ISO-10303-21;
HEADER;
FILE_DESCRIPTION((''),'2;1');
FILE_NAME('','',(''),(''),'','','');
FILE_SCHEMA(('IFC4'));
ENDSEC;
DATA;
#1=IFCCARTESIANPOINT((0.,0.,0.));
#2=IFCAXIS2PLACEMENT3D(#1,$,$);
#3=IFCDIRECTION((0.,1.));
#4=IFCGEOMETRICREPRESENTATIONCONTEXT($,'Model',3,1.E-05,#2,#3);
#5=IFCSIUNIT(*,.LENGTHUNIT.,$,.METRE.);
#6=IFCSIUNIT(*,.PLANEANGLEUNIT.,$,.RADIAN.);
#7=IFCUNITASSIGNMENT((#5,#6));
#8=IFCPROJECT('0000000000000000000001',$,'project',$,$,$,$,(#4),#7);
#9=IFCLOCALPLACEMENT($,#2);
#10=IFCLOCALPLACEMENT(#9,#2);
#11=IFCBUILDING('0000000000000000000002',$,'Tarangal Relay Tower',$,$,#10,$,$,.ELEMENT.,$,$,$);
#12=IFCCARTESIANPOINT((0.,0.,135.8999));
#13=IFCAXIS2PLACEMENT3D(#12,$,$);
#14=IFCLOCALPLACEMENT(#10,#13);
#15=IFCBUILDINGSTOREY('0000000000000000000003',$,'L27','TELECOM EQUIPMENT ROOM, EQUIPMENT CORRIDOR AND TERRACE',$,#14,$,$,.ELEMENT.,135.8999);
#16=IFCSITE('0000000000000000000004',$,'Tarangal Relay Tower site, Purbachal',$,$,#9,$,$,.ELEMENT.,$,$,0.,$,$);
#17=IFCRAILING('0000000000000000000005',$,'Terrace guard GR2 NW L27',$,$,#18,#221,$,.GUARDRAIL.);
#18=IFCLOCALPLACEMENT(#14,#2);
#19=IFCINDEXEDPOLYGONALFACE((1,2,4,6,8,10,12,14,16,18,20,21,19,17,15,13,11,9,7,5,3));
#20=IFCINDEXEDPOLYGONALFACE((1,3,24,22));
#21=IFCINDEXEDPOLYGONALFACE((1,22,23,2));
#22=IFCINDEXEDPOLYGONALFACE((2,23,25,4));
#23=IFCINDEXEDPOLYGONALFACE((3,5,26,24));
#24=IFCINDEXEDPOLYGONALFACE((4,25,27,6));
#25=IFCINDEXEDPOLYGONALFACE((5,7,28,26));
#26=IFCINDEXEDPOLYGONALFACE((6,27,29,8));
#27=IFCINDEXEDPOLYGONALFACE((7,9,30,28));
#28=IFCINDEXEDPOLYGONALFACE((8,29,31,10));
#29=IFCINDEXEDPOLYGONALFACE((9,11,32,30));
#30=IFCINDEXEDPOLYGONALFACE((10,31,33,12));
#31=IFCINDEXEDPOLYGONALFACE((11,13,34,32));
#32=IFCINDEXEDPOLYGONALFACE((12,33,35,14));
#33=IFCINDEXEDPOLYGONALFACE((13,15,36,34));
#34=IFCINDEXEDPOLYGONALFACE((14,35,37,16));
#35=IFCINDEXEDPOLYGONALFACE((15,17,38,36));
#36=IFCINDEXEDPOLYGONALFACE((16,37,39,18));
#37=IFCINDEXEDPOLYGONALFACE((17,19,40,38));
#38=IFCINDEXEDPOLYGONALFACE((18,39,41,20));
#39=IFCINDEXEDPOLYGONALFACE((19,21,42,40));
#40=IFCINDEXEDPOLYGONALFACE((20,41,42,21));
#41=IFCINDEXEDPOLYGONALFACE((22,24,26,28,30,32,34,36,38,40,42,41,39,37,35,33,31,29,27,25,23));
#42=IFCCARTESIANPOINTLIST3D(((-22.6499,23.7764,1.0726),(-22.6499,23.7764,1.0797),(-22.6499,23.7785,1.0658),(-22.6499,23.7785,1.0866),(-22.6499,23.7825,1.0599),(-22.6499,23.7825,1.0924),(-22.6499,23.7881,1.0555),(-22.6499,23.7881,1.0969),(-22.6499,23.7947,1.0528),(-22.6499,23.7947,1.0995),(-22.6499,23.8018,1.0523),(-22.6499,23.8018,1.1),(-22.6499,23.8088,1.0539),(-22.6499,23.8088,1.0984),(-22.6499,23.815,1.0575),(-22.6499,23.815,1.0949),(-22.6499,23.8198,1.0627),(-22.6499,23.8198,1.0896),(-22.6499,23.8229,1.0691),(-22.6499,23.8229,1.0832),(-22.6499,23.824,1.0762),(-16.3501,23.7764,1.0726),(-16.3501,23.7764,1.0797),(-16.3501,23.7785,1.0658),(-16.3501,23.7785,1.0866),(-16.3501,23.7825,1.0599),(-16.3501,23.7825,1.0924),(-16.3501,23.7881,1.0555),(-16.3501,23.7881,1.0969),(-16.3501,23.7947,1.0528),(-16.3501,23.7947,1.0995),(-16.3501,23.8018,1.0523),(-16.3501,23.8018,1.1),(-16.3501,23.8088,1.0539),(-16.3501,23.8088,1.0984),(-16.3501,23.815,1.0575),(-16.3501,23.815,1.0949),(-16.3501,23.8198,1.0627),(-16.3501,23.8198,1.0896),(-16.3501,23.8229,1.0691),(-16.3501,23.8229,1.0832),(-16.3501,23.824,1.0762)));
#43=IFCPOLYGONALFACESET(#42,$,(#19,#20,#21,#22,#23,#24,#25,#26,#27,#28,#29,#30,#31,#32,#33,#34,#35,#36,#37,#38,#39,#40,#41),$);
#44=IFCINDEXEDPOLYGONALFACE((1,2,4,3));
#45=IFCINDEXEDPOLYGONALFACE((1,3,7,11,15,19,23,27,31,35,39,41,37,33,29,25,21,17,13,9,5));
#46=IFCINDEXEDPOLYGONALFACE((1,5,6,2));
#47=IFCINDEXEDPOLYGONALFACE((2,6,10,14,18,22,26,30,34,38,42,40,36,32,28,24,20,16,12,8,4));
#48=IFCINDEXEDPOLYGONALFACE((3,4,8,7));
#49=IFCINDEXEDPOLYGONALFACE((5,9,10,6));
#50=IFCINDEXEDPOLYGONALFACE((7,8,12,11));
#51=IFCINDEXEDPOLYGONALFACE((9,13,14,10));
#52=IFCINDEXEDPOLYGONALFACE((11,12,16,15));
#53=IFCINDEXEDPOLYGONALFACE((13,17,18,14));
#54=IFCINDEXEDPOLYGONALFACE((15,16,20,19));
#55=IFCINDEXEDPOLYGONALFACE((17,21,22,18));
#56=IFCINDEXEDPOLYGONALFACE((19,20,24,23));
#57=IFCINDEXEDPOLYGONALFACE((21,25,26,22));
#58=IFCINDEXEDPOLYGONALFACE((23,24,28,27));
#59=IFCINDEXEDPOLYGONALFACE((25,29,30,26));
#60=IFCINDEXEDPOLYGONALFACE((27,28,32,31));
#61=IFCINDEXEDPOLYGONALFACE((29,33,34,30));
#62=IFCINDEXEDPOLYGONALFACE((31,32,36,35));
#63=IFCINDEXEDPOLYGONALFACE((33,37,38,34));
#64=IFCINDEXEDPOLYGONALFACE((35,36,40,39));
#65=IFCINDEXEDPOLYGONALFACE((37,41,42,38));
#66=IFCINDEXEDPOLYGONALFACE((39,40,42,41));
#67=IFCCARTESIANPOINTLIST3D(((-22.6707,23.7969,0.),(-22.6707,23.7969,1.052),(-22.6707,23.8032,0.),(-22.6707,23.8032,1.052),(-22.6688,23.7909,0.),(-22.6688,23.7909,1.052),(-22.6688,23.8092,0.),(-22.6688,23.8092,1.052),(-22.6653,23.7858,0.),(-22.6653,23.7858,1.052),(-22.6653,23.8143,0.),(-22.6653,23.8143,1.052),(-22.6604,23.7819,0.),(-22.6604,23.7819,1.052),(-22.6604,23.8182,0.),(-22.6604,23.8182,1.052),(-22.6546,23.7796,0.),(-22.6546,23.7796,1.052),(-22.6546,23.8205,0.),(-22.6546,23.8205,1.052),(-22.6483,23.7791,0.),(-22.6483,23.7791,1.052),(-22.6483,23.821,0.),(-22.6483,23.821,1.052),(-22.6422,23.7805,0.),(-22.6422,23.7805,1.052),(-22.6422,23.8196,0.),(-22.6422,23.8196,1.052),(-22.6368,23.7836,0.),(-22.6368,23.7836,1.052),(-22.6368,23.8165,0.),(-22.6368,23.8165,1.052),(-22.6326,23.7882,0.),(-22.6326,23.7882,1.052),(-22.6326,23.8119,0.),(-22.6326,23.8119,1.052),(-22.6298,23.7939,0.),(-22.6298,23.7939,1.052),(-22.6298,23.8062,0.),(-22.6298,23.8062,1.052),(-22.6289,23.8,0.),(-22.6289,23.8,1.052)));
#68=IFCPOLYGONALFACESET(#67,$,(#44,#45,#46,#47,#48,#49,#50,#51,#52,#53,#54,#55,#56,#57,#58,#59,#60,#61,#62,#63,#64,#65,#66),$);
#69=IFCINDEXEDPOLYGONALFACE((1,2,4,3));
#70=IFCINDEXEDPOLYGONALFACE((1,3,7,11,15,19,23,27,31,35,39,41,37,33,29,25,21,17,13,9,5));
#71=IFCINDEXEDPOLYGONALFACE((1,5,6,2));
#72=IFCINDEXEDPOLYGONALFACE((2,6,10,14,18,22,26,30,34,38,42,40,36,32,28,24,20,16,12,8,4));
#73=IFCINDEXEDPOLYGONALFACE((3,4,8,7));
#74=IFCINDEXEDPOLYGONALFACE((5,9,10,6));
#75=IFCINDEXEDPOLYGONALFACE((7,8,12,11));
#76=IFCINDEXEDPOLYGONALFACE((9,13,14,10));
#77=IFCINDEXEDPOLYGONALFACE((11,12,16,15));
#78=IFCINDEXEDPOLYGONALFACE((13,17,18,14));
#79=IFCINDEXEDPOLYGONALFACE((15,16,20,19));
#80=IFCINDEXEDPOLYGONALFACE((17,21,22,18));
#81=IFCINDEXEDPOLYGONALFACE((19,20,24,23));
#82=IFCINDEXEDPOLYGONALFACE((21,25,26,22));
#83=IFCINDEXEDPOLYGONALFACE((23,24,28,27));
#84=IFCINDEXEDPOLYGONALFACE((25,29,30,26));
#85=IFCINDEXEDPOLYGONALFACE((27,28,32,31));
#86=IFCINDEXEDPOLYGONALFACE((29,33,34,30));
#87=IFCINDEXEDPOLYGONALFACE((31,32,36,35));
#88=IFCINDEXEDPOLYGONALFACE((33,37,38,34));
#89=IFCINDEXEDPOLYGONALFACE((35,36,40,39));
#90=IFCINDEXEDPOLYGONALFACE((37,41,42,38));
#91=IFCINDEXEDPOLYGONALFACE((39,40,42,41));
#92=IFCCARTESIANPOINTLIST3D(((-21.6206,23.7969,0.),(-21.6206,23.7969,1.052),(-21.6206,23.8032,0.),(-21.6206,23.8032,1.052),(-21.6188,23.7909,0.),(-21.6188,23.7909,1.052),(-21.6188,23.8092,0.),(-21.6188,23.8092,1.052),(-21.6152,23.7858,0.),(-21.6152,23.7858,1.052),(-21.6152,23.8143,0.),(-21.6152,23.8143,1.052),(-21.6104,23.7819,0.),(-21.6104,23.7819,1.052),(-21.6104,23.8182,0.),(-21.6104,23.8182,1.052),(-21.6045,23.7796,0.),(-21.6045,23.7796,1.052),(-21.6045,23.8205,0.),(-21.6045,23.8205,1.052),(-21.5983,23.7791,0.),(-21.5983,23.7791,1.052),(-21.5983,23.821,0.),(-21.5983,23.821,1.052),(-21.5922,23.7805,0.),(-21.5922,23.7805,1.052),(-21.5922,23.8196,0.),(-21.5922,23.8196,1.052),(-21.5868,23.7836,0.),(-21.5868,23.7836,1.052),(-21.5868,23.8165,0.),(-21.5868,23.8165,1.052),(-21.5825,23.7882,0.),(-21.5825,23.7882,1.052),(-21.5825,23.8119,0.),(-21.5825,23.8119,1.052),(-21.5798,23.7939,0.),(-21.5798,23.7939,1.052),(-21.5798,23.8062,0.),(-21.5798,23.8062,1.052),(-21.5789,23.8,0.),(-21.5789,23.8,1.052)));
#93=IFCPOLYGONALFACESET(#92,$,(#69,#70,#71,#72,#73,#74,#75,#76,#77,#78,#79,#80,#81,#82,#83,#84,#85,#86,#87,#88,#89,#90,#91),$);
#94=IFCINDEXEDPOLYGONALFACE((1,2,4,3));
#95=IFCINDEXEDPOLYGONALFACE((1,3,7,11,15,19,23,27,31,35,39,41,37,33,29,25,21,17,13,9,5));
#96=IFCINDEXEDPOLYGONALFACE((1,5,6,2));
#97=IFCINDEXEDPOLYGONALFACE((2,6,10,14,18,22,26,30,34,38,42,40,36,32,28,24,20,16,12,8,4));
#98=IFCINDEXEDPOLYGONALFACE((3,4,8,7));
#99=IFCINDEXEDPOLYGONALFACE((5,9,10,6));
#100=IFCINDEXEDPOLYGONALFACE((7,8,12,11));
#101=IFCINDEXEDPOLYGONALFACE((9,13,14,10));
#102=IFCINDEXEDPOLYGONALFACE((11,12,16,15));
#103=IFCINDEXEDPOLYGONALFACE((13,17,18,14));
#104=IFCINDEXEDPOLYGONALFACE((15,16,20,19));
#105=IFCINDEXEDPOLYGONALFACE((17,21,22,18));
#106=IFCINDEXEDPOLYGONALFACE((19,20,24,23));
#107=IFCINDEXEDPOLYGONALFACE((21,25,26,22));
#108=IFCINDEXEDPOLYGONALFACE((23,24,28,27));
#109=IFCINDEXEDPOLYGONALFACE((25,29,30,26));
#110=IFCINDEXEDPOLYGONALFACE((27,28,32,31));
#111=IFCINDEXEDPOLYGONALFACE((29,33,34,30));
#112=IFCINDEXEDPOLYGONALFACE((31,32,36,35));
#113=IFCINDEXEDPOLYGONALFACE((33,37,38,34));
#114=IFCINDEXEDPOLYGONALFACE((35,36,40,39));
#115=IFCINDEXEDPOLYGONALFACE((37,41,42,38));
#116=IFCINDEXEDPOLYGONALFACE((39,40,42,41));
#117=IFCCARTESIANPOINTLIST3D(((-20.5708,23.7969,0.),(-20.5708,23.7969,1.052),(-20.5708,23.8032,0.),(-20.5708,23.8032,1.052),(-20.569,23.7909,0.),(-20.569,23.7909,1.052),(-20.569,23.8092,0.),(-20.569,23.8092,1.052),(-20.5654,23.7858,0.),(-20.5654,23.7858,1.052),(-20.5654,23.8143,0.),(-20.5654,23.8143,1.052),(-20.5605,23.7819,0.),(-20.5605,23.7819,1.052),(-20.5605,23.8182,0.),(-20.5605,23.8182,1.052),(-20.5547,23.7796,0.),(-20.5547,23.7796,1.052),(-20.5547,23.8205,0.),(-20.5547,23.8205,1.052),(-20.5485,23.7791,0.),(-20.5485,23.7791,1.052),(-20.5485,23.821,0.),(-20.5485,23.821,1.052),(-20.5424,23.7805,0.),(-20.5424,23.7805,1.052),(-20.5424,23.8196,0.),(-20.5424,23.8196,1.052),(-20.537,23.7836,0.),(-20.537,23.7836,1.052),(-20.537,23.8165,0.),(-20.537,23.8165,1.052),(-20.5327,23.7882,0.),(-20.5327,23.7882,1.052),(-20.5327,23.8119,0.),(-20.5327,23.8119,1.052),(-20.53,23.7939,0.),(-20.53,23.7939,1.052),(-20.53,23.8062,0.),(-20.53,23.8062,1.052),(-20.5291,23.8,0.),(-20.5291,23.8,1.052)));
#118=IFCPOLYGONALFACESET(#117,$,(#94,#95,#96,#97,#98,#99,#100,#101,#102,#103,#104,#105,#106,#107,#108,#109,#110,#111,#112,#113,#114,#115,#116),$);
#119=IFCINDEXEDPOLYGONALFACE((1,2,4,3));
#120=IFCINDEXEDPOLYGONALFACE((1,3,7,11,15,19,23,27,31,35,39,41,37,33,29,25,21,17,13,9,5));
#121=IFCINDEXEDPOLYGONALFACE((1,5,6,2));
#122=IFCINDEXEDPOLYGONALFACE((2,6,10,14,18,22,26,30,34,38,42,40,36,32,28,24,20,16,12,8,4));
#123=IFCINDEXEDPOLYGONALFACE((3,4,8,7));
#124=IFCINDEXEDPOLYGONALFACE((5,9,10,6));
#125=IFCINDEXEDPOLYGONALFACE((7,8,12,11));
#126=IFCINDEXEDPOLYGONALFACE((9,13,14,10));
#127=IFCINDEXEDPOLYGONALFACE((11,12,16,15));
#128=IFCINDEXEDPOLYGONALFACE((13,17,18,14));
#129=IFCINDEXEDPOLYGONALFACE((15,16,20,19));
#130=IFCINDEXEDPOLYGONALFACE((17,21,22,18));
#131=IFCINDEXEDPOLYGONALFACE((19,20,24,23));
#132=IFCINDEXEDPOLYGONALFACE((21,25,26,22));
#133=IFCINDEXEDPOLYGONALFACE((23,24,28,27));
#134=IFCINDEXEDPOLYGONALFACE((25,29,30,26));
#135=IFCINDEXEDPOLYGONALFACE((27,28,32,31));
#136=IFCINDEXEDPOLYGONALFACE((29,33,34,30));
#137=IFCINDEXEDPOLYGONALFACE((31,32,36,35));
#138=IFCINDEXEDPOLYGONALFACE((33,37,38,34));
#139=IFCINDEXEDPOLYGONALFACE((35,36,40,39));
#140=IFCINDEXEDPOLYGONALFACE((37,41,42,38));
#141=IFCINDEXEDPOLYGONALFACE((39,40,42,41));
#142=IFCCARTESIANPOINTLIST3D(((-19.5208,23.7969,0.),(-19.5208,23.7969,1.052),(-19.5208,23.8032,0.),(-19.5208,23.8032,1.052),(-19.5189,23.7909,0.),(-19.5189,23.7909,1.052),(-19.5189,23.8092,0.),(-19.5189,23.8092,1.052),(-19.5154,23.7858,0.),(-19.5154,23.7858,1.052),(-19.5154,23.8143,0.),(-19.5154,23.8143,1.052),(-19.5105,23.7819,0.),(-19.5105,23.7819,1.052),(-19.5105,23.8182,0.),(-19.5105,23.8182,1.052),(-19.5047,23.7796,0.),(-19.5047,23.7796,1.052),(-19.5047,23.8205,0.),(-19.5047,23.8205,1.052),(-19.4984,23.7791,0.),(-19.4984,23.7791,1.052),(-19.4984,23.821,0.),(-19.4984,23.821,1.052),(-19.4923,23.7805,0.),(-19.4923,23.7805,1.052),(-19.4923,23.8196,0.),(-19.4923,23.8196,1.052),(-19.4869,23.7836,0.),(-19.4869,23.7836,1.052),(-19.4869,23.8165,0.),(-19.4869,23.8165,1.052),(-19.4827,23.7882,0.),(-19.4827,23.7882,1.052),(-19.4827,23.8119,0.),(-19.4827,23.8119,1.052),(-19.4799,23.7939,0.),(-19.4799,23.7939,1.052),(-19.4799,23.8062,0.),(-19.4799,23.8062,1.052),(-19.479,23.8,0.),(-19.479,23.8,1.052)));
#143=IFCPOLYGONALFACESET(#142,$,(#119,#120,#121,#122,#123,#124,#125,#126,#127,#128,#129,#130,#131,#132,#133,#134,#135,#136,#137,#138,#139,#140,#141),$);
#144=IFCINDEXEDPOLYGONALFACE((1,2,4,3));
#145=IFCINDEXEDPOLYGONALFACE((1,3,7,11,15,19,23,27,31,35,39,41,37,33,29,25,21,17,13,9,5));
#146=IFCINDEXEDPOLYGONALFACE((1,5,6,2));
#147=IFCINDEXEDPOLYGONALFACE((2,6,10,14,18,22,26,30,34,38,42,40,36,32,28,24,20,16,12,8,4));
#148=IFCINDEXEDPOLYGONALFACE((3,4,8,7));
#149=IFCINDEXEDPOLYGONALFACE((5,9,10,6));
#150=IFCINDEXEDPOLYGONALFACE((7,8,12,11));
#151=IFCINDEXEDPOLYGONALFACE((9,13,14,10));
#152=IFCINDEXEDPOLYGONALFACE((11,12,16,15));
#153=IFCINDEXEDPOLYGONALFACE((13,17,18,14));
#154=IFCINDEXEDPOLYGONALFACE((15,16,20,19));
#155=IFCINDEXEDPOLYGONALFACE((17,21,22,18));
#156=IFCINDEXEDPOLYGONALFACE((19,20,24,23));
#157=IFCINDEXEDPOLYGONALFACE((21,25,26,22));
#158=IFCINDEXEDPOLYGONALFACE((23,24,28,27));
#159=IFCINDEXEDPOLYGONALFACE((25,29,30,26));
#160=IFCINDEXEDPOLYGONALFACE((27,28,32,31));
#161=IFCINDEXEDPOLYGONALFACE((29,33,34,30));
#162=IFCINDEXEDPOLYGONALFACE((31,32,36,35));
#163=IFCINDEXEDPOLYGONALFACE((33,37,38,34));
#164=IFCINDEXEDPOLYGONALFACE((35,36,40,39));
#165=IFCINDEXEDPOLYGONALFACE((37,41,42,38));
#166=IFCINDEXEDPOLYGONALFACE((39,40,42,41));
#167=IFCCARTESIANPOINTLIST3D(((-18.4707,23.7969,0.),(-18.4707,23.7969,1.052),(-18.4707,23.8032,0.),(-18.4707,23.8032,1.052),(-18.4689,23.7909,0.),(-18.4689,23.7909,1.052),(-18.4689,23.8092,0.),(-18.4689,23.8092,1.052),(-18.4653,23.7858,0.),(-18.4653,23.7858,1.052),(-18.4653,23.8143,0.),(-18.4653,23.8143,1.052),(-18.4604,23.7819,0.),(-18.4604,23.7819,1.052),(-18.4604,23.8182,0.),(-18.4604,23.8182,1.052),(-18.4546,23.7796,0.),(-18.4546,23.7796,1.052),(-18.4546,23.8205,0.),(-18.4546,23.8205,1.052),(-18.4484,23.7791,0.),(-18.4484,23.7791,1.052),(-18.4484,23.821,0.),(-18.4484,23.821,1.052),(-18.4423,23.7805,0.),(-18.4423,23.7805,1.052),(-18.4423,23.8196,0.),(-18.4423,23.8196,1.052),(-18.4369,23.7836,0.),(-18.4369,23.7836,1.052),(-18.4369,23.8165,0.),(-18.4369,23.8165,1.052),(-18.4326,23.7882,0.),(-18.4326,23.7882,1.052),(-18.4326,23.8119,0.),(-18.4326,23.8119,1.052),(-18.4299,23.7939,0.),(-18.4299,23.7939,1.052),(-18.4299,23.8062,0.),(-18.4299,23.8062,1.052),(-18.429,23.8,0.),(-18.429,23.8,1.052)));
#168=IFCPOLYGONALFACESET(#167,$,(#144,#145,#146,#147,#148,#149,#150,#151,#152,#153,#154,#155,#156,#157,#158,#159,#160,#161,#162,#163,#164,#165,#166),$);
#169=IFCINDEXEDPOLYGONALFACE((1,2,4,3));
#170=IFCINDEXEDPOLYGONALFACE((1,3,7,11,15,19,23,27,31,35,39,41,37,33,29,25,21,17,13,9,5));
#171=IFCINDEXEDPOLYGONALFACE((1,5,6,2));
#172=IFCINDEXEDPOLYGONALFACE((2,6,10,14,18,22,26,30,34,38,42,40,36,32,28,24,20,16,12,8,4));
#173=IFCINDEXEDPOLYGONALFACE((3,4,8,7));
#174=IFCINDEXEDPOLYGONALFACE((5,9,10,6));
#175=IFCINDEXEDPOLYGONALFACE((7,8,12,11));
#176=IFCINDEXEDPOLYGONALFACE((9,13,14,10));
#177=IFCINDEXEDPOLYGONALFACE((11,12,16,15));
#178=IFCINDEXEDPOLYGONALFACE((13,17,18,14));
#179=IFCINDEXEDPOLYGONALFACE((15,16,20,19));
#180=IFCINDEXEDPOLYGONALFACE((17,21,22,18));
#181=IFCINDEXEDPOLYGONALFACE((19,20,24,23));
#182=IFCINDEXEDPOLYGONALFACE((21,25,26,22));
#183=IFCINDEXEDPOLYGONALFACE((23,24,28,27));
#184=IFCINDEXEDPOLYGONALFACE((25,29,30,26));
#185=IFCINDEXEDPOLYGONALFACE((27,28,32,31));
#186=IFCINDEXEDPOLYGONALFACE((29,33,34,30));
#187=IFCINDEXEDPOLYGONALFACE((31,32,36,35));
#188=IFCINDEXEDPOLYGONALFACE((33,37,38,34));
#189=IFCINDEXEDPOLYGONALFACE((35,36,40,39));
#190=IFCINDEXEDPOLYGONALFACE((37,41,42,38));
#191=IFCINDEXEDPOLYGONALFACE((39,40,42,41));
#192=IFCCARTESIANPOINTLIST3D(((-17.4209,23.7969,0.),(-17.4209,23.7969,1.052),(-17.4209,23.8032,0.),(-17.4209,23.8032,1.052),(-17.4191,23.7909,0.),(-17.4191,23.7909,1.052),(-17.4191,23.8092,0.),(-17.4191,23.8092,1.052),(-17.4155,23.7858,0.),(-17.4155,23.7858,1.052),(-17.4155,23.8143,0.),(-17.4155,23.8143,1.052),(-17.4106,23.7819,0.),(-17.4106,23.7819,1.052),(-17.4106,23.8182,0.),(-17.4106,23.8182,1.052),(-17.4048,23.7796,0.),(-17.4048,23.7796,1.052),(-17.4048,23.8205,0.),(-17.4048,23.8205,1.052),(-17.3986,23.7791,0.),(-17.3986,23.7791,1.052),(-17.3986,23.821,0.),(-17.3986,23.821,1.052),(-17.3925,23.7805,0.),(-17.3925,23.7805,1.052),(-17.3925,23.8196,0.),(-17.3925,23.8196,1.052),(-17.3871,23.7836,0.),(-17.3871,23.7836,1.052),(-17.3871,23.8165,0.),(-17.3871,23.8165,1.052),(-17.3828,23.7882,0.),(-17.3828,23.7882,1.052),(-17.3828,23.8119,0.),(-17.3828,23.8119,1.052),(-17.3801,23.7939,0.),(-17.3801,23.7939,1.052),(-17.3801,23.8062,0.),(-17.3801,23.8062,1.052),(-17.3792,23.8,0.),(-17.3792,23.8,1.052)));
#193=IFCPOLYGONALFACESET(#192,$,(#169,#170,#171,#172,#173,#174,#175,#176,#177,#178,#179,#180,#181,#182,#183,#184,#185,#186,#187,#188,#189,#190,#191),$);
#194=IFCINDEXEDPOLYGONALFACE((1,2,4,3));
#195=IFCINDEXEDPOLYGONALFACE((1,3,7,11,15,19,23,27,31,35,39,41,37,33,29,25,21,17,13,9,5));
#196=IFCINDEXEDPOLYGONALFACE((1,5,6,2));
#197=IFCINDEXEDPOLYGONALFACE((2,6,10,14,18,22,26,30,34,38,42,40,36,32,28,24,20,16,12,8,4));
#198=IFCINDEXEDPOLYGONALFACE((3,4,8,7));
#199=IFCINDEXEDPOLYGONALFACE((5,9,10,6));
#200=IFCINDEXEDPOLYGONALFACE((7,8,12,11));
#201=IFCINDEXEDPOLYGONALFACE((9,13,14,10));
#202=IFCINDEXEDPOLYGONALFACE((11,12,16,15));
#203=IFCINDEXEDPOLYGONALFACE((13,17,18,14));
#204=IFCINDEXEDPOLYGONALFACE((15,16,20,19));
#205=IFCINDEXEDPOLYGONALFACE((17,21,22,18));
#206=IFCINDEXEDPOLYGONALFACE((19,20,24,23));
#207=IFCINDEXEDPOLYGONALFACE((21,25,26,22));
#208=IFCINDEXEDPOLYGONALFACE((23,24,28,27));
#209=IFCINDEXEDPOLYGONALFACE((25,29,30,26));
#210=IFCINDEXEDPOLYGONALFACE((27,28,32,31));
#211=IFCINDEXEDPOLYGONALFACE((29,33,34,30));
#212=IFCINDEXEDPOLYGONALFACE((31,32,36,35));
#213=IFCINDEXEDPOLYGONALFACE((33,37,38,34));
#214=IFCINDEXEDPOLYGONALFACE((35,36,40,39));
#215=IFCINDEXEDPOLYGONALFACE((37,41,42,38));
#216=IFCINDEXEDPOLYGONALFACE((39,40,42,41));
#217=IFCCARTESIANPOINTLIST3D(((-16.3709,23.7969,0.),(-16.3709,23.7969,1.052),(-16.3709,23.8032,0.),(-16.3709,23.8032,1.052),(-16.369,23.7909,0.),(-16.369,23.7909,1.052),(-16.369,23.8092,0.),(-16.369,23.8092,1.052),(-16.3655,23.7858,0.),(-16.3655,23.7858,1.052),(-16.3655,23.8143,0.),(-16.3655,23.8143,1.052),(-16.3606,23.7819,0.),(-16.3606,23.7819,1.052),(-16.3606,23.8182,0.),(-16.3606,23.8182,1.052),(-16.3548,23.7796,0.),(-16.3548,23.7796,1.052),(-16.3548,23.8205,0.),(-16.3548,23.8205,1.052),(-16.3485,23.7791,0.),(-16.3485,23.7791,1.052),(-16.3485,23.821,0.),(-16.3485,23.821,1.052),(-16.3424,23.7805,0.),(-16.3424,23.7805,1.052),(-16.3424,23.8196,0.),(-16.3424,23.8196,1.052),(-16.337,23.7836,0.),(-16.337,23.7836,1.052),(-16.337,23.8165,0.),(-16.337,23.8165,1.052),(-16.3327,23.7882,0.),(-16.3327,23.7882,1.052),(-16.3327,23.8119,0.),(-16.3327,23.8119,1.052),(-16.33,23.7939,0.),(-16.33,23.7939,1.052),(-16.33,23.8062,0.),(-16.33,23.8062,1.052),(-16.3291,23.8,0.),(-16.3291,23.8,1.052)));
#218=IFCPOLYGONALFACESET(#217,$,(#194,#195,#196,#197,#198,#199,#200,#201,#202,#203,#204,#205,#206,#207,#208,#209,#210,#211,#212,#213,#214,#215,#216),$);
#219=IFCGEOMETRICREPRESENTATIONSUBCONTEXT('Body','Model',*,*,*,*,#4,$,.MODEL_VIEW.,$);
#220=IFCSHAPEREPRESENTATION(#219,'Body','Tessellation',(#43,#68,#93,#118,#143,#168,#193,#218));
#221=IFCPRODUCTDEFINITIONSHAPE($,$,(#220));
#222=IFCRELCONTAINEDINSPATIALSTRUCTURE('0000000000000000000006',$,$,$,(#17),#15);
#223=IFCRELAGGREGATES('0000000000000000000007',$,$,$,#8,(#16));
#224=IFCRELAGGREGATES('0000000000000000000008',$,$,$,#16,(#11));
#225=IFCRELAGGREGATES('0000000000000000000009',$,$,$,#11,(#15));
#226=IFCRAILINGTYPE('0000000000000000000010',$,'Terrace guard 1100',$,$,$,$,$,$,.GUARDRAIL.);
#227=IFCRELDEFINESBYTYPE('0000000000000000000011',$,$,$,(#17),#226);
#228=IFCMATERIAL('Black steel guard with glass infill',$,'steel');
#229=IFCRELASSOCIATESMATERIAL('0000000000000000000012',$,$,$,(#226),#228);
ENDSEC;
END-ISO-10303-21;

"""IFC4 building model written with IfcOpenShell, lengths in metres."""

from ifc_helpers import new_model, si_unit, direction, frame, origin, origin_2d, place, context, subcontext, project, spatial, circle, extrude, material, type_object, element, save


model = new_model("IFC4")

# Units and contexts
model_context = context("Model", 3, precision=1e-05, world=origin(), true_north=direction((0.0, 1.0)))
body_context = subcontext(model_context, "Body", "Model", "MODEL_VIEW")
ifc_project = project(units=[si_unit("LENGTHUNIT", "METRE"), si_unit("PLANEANGLEUNIT", "RADIAN")], contexts=[model_context])

# Site, building, storey
site_placement = place(None, origin())
site = spatial("IfcSite", under=ifc_project, at=site_placement, Name="Tarangal Relay Tower site, Purbachal", CompositionType="ELEMENT", RefElevation=0.0)
building_placement = place(site_placement, origin())
building = spatial("IfcBuilding", under=site, at=building_placement, Name="Tarangal Relay Tower", CompositionType="ELEMENT")
storey_placement = place(building_placement, frame((0.0, 0.0, 135.8999)))
storey = spatial("IfcBuildingStorey", under=building, at=storey_placement, Name="L27", Description="TELECOM EQUIPMENT ROOM, EQUIPMENT CORRIDOR AND TERRACE", CompositionType="ELEMENT", Elevation=135.8999)

# Railing
ifc_material_1 = material(Name="Black steel guard with glass infill", Category="steel")
railing_type = type_object("IfcRailingType", Name="Terrace guard 1100", PredefinedType="GUARDRAIL", material=ifc_material_1)
railing_1_placement = place(storey_placement, frame((-22.6499, 23.8, 0.0)))
element("IfcRailing", 1, at=railing_1_placement, inside=storey, type_object=railing_type, Name="Terrace guard GR2 NW L27", PredefinedType="GUARDRAIL", context=body_context, shape_type="SweptSolid", body=[
    extrude(circle(Radius=0.0239, at=origin_2d()), frame((0.0, 0.0, 1.0762), z_axis=(1.0, 0.0, 0.0), x_axis=(0.0, 1.0, 0.0)), (0.0, 0.0, 1.0), 6.2998),
    extrude(circle(Radius=0.021, at=origin_2d()), origin(), (0.0, 0.0, 1.0), 1.052),
    extrude(circle(Radius=0.021, at=origin_2d()), frame((1.05, 0.0, 0.0)), (0.0, 0.0, 1.0), 1.052),
    extrude(circle(Radius=0.021, at=origin_2d()), frame((2.0999, 0.0, 0.0)), (0.0, 0.0, 1.0), 1.052),
    extrude(circle(Radius=0.021, at=origin_2d()), frame((3.1499, 0.0, 0.0)), (0.0, 0.0, 1.0), 1.052),
    extrude(circle(Radius=0.021, at=origin_2d()), frame((4.2, 0.0, 0.0)), (0.0, 0.0, 1.0), 1.052),
    extrude(circle(Radius=0.021, at=origin_2d()), frame((5.2498, 0.0, 0.0)), (0.0, 0.0, 1.0), 1.052),
    extrude(circle(Radius=0.021, at=origin_2d()), frame((6.2998, 0.0, 0.0)), (0.0, 0.0, 1.0), 1.052),
])

save(model, "model.ifc")
